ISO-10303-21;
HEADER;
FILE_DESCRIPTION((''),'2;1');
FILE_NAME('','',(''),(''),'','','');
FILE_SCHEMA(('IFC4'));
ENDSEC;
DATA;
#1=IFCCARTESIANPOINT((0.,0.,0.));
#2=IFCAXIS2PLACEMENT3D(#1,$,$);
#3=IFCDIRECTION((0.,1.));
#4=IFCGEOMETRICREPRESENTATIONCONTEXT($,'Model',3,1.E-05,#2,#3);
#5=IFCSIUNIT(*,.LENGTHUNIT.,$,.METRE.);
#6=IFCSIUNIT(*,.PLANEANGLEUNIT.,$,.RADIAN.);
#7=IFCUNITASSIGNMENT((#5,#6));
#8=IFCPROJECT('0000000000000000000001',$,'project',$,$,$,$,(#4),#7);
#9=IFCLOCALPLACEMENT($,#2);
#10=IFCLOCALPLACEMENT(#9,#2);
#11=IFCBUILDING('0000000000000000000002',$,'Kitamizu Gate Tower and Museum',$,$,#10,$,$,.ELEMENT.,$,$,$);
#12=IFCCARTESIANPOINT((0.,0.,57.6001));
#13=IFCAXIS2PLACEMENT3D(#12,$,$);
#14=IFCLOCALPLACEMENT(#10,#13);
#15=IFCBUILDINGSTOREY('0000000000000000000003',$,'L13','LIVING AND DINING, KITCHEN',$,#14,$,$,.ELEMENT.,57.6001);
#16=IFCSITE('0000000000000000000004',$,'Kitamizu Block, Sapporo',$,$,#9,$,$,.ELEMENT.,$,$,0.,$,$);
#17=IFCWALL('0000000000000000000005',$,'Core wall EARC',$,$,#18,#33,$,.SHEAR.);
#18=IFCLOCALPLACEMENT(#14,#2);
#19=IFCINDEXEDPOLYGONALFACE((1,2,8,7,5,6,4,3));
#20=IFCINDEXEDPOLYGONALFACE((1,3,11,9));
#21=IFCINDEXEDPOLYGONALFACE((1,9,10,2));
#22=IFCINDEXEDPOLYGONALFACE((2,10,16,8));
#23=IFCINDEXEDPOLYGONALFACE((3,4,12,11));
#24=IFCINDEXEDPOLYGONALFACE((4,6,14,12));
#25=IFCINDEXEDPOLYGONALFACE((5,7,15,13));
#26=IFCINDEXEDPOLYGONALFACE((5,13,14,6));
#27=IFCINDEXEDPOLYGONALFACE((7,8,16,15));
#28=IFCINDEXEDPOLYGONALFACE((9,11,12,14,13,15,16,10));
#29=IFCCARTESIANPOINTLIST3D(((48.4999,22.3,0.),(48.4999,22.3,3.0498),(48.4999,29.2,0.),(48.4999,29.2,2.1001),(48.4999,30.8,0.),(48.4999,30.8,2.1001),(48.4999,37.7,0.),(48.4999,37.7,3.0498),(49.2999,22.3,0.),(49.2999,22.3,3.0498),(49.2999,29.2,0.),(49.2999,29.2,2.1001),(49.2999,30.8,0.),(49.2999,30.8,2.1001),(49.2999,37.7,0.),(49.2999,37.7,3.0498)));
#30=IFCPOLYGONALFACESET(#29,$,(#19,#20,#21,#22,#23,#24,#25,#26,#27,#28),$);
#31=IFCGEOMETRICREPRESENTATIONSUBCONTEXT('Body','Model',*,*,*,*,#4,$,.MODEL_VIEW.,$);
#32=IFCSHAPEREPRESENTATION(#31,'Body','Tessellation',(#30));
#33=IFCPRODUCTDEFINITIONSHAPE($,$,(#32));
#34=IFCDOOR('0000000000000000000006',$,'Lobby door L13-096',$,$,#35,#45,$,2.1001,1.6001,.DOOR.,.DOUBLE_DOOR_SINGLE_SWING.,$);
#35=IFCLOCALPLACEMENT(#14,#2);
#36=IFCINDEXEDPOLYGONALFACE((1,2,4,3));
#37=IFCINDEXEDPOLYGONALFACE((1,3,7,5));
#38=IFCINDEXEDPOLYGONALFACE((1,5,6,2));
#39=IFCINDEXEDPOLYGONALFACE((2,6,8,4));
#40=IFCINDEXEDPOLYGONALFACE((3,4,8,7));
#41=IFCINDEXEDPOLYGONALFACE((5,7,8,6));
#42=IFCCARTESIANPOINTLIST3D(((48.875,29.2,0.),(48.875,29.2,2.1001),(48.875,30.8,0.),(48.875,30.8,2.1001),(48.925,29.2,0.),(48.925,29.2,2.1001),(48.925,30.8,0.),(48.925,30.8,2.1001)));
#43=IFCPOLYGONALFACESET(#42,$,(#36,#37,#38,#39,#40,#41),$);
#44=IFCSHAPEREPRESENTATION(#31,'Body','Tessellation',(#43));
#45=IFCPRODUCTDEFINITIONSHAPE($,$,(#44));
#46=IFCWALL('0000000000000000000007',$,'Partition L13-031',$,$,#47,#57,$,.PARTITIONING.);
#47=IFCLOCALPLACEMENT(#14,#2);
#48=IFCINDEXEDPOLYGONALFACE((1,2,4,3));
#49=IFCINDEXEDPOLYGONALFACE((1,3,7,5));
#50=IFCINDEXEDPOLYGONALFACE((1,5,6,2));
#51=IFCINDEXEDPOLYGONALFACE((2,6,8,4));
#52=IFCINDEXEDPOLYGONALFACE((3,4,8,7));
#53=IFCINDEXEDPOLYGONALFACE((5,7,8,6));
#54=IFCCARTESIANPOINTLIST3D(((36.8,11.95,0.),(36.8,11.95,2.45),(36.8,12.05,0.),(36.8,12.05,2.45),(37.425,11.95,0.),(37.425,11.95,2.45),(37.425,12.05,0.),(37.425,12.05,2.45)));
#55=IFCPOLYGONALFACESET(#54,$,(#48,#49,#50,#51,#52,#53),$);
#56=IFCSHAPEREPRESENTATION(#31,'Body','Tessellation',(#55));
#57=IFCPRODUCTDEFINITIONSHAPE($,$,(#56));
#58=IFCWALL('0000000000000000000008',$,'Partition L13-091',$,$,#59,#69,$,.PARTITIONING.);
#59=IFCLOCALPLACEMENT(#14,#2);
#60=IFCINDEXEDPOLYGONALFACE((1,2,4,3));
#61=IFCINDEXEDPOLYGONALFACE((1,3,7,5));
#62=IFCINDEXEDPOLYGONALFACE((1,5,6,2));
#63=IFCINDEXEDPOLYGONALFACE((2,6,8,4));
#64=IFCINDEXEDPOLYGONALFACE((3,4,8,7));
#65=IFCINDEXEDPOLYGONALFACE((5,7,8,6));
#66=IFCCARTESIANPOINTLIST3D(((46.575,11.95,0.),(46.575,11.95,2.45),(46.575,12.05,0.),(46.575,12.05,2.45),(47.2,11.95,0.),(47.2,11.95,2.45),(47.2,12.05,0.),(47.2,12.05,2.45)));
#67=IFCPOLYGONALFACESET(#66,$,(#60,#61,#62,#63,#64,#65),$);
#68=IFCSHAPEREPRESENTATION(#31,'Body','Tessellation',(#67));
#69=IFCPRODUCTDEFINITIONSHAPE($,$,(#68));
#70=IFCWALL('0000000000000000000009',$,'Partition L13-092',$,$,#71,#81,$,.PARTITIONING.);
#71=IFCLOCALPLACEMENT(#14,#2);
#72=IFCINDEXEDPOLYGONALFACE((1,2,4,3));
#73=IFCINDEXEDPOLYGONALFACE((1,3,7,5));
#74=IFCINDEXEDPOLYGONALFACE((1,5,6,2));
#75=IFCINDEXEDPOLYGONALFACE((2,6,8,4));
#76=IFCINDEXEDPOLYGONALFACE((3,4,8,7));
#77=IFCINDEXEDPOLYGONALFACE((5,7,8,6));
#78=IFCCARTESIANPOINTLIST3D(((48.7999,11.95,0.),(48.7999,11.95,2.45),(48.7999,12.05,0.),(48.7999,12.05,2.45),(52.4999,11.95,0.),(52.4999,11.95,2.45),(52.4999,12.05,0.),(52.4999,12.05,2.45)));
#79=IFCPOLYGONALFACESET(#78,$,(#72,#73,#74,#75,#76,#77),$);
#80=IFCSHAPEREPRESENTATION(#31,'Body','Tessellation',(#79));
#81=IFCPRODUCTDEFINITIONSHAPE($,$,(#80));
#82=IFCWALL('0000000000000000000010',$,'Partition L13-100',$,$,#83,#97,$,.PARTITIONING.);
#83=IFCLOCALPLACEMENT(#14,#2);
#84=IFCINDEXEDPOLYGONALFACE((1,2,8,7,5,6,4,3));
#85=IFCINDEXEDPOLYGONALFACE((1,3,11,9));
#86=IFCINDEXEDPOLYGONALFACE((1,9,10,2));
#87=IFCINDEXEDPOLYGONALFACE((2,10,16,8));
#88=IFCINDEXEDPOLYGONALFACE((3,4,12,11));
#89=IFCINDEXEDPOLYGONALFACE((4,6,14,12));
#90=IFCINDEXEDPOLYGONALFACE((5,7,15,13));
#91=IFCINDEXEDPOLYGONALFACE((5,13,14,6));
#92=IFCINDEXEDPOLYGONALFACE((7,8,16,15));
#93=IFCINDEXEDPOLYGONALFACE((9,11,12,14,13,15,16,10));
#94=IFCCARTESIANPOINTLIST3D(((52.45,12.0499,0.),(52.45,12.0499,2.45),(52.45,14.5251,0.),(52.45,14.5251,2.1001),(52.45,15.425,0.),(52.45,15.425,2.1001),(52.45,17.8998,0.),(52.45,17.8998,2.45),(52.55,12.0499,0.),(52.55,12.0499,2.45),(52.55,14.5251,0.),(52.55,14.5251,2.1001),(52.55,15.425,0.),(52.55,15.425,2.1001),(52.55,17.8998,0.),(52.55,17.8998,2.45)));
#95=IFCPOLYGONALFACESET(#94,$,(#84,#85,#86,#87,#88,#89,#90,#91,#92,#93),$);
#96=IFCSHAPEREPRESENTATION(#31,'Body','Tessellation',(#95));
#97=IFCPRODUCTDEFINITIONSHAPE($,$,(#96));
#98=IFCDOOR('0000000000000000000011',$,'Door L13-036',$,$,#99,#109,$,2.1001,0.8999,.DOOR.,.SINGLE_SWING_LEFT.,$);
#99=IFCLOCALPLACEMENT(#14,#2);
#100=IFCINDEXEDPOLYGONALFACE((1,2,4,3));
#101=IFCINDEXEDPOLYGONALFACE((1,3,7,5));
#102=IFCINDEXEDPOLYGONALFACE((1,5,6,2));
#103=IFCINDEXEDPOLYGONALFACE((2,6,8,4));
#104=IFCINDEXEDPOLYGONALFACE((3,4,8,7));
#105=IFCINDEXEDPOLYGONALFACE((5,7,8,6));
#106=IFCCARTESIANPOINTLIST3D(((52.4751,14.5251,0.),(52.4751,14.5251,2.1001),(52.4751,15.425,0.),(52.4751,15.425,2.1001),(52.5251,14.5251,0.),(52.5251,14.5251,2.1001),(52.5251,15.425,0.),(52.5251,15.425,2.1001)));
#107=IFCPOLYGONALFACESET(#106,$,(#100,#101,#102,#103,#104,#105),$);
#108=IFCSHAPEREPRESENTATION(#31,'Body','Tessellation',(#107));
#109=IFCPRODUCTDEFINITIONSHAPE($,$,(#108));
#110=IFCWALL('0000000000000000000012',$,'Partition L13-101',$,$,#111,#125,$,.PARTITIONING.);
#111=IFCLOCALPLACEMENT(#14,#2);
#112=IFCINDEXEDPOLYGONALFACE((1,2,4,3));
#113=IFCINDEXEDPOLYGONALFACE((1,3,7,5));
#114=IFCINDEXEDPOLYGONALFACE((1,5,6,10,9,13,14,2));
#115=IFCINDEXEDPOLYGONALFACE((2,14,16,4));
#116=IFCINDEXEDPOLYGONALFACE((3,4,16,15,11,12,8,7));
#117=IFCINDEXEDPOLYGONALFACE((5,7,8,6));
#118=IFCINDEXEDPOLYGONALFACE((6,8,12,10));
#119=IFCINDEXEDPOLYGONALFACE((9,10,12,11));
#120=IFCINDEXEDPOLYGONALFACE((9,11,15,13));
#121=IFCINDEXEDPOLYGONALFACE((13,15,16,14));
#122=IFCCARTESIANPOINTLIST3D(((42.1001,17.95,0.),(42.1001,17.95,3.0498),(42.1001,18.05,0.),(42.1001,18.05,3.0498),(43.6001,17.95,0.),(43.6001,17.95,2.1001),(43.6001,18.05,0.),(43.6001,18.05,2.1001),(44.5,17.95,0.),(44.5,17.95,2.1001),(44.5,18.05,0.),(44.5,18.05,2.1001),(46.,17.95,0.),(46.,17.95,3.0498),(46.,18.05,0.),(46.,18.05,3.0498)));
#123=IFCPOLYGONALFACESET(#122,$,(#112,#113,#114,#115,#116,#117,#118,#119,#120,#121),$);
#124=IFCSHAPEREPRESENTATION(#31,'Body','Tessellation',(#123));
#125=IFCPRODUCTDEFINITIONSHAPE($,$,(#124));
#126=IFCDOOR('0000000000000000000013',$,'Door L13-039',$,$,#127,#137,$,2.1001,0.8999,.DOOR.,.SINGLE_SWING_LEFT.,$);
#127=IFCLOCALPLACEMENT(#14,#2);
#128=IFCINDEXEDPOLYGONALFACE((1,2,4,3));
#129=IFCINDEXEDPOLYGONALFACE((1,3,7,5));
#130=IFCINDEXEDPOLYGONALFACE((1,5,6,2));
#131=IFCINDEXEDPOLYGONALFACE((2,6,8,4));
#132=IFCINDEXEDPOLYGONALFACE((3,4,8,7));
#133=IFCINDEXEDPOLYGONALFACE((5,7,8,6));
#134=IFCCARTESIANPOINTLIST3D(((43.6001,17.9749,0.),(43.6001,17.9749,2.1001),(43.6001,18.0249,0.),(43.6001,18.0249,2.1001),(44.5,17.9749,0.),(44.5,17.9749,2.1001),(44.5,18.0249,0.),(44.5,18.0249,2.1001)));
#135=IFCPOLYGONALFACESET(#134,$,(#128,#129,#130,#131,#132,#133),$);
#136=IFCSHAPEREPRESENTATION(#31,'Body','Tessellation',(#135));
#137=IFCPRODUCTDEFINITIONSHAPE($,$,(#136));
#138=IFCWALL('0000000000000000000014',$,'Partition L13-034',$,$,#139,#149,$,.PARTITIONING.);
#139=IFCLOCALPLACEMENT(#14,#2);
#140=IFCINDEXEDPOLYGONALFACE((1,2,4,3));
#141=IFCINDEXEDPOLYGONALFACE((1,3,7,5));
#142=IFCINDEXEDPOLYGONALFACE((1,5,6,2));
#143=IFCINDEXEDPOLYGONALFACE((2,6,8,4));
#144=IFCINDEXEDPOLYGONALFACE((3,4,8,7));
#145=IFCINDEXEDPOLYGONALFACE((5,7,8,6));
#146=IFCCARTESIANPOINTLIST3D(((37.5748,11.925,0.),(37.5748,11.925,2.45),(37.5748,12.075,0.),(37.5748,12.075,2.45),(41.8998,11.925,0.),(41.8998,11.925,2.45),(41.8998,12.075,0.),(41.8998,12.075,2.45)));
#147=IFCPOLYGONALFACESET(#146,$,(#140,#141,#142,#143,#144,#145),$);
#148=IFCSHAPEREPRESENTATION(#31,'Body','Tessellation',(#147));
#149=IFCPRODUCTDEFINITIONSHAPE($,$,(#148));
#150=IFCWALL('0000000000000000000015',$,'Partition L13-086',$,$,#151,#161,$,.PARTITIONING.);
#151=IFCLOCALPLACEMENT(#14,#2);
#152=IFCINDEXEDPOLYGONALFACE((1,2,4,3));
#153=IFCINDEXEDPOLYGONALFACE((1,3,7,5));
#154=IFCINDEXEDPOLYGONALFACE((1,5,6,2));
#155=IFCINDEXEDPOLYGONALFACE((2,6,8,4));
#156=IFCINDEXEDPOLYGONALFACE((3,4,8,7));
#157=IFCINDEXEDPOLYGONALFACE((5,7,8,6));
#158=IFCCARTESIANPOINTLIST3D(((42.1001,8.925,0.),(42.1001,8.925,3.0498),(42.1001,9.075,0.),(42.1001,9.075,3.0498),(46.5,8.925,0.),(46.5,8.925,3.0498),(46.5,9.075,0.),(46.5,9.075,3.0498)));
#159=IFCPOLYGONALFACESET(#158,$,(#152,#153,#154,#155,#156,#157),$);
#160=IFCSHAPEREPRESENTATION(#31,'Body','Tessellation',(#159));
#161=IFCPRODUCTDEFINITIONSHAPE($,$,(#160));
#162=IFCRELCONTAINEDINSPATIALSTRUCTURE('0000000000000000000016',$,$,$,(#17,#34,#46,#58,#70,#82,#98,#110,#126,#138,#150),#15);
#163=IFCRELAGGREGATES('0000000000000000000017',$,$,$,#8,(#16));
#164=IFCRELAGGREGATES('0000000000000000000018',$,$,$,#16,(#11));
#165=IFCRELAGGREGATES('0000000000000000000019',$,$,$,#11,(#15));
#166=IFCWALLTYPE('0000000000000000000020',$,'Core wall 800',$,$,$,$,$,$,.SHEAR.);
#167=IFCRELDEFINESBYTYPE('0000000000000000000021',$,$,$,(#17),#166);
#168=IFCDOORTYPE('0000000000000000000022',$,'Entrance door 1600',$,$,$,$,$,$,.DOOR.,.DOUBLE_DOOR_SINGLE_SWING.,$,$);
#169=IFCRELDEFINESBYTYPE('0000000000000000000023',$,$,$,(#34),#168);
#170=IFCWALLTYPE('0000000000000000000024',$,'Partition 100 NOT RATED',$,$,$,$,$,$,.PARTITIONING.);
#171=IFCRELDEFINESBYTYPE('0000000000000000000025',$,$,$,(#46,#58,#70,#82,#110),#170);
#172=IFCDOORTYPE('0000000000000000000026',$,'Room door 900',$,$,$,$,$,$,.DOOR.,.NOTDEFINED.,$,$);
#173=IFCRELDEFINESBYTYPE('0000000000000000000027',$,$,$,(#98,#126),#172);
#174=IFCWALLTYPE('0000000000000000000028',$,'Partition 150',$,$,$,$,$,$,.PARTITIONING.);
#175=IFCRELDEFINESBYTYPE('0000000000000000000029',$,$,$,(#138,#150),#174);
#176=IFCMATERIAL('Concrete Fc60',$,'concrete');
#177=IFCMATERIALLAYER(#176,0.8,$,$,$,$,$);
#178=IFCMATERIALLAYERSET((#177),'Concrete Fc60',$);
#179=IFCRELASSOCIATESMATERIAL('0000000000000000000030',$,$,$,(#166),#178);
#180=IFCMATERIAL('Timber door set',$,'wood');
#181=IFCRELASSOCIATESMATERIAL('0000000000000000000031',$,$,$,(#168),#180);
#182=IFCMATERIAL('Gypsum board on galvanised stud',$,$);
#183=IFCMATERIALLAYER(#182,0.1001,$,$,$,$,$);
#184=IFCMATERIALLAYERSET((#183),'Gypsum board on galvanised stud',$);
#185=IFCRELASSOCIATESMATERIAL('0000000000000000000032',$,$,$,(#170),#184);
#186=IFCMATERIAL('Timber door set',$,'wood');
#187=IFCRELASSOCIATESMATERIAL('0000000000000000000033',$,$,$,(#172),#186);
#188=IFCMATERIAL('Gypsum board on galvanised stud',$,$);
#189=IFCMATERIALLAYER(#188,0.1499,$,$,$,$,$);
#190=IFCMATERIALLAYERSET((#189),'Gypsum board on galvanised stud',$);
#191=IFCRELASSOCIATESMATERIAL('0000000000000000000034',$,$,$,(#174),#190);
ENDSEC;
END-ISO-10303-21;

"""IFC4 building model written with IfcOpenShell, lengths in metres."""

from ifc_helpers import new_model, si_unit, direction, frame, frame_2d, origin, place, context, subcontext, project, spatial, rectangle, extrude, material, layer, layer_set, type_object, element, fill, save


model = new_model("IFC4")

# Units and contexts
model_context = context("Model", 3, precision=1e-05, world=origin(), true_north=direction((0.0, 1.0)))
body_context = subcontext(model_context, "Body", "Model", "MODEL_VIEW")
ifc_project = project(units=[si_unit("LENGTHUNIT", "METRE"), si_unit("PLANEANGLEUNIT", "RADIAN")], contexts=[model_context])

# Site, building, storey
site_placement = place(None, origin())
site = spatial("IfcSite", under=ifc_project, at=site_placement, Name="Kitamizu Block, Sapporo", CompositionType="ELEMENT", RefElevation=0.0)
building_placement = place(site_placement, origin())
building = spatial("IfcBuilding", under=site, at=building_placement, Name="Kitamizu Gate Tower and Museum", CompositionType="ELEMENT")
storey_placement = place(building_placement, frame((0.0, 0.0, 57.6001)))
storey = spatial("IfcBuildingStorey", under=building, at=storey_placement, Name="L13", Description="LIVING AND DINING, KITCHEN", CompositionType="ELEMENT", Elevation=57.6001)

# Wall, opening, door
ifc_material_1 = material(Name="Concrete Fc60", Category="concrete")
ifc_layer_1 = layer(ifc_material_1, 0.8)
ifc_layer_set_1 = layer_set([ifc_layer_1], Name="Concrete Fc60")
wall_type_1 = type_object("IfcWallType", Name="Core wall 800", PredefinedType="SHEAR", material=ifc_layer_set_1)
wall_1_placement = place(storey_placement, frame((48.8999, 22.3, 0.0), z_axis=(0.0, 0.0, 1.0), x_axis=(0.0, 1.0, 0.0)))
wall_1 = element("IfcWall", 1, at=wall_1_placement, inside=storey, type_object=wall_type_1, Name="Core wall EARC", PredefinedType="SHEAR", context=body_context, shape_type="SweptSolid", body=[
    extrude(rectangle(XDim=15.3999, YDim=0.8, at=frame_2d((7.7, 0.0))), origin(), (0.0, 0.0, 1.0), 3.0498),
])
opening_1_placement = place(wall_1_placement, frame((6.8999, 0.0, 0.0)))
opening_1 = element("IfcOpeningElement", 2, at=opening_1_placement, cuts=wall_1, PredefinedType="OPENING", context=body_context, shape_type="SweptSolid", body=[
    extrude(rectangle(XDim=1.6001, YDim=2.1001, at=frame_2d((0.8, 1.05))), frame((0.0, 0.4102, 0.0), z_axis=(0.0, -1.0, 0.0), x_axis=(1.0, 0.0, 0.0)), (0.0, 0.0, 1.0), 0.8201),
])
ifc_material_2 = material(Name="Timber door set", Category="wood")
door_type_1 = type_object("IfcDoorType", Name="Entrance door 1600", OperationType="DOUBLE_DOOR_SINGLE_SWING", PredefinedType="DOOR", material=ifc_material_2)
door_1_placement = place(opening_1_placement, origin())
door_1 = element("IfcDoor", 3, at=door_1_placement, inside=storey, type_object=door_type_1, Name="Lobby door L13-096", OperationType="DOUBLE_DOOR_SINGLE_SWING", OverallHeight=2.1001, OverallWidth=1.6001, PredefinedType="DOOR", context=body_context, shape_type="SweptSolid", body=[
    extrude(rectangle(XDim=1.6001, YDim=2.1001, at=frame_2d((0.8, 1.05))), frame((0.0, 0.0249, 0.0), z_axis=(0.0, -1.0, 0.0), x_axis=(1.0, 0.0, 0.0)), (0.0, 0.0, 1.0), 0.05),
])
fill(opening_1, door_1)

# Walls
ifc_material_3 = material(Name="Gypsum board on galvanised stud")
ifc_layer_2 = layer(ifc_material_3, 0.1001)
ifc_layer_set_2 = layer_set([ifc_layer_2], Name="Gypsum board on galvanised stud")
wall_type_2 = type_object("IfcWallType", Name="Partition 100 NOT RATED", PredefinedType="PARTITIONING", material=ifc_layer_set_2)
for number, where, z_axis, x_axis, name in (
    (4, (37.425, 12.0, 0.0), (0.0, 0.0, 1.0), (-1.0, 0.0, 0.0), "Partition L13-031"),
    (5, (47.2, 12.0, 0.0), (0.0, 0.0, 1.0), (-1.0, 0.0, 0.0), "Partition L13-091"),
):
    element("IfcWall", number, at=place(storey_placement, frame(where, z_axis=z_axis, x_axis=x_axis)), inside=storey, type_object=wall_type_2, Name=name, PredefinedType="PARTITIONING", context=body_context, shape_type="SweptSolid", body=[
        extrude(rectangle(XDim=0.625, YDim=0.1001, at=frame_2d((0.3125, 0.0))), origin(), (0.0, 0.0, 1.0), 2.45),
    ])
wall_2_placement = place(storey_placement, frame((52.5, 12.0, 0.0), z_axis=(0.0, 0.0, 1.0), x_axis=(-1.0, 0.0, 0.0)))
element("IfcWall", 6, at=wall_2_placement, inside=storey, type_object=wall_type_2, Name="Partition L13-092", PredefinedType="PARTITIONING", context=body_context, shape_type="SweptSolid", body=[
    extrude(rectangle(XDim=3.7, YDim=0.1001, at=frame_2d((1.8501, 0.0))), origin(), (0.0, 0.0, 1.0), 2.45),
])

# Walls, openings, doors
wall_3_placement = place(storey_placement, frame((52.5, 12.05, 0.0), z_axis=(0.0, 0.0, 1.0), x_axis=(0.0, 1.0, 0.0)))
wall_3 = element("IfcWall", 7, at=wall_3_placement, inside=storey, type_object=wall_type_2, Name="Partition L13-100", PredefinedType="PARTITIONING", context=body_context, shape_type="SweptSolid", body=[
    extrude(rectangle(XDim=5.8499, YDim=0.1001, at=frame_2d((2.9248, 0.0))), origin(), (0.0, 0.0, 1.0), 2.45),
])
opening_2_placement = place(wall_3_placement, frame((2.4751, 0.0, 0.0)))
opening_2 = element("IfcOpeningElement", 8, at=opening_2_placement, cuts=wall_3, PredefinedType="OPENING", context=body_context, shape_type="SweptSolid", body=[
    extrude(rectangle(XDim=0.8999, YDim=2.1001, at=frame_2d((0.45, 1.05))), frame((0.0, 0.0601, 0.0), z_axis=(0.0, -1.0, 0.0), x_axis=(1.0, 0.0, 0.0)), (0.0, 0.0, 1.0), 0.1201),
])
ifc_material_4 = material(Name="Timber door set", Category="wood")
door_type_2 = type_object("IfcDoorType", Name="Room door 900", OperationType="NOTDEFINED", PredefinedType="DOOR", material=ifc_material_4)
door_2_placement = place(opening_2_placement, origin())
door_2 = element("IfcDoor", 9, at=door_2_placement, inside=storey, type_object=door_type_2, Name="Door L13-036", OperationType="SINGLE_SWING_LEFT", OverallHeight=2.1001, OverallWidth=0.8999, PredefinedType="DOOR", context=body_context, shape_type="SweptSolid", body=[
    extrude(rectangle(XDim=0.8999, YDim=2.1001, at=frame_2d((0.45, 1.05))), frame((0.0, 0.0249, 0.0), z_axis=(0.0, -1.0, 0.0), x_axis=(1.0, 0.0, 0.0)), (0.0, 0.0, 1.0), 0.05),
])
fill(opening_2, door_2)
wall_4_placement = place(storey_placement, frame((46.0, 18.0, 0.0), z_axis=(0.0, 0.0, 1.0), x_axis=(-1.0, 0.0, 0.0)))
wall_4 = element("IfcWall", 10, at=wall_4_placement, inside=storey, type_object=wall_type_2, Name="Partition L13-101", PredefinedType="PARTITIONING", context=body_context, shape_type="SweptSolid", body=[
    extrude(rectangle(XDim=3.8999, YDim=0.1001, at=frame_2d((1.95, 0.0))), origin(), (0.0, 0.0, 1.0), 3.0498),
])
opening_3_placement = place(wall_4_placement, frame((1.5, 0.0, 0.0)))
opening_3 = element("IfcOpeningElement", 11, at=opening_3_placement, cuts=wall_4, PredefinedType="OPENING", context=body_context, shape_type="SweptSolid", body=[
    extrude(rectangle(XDim=0.8999, YDim=2.1001, at=frame_2d((0.45, 1.05))), frame((0.0, 0.0601, 0.0), z_axis=(0.0, -1.0, 0.0), x_axis=(1.0, 0.0, 0.0)), (0.0, 0.0, 1.0), 0.1201),
])
door_3_placement = place(opening_3_placement, frame((0.8999, 0.0, 0.0), x_axis=(-1.0, 0.0, 0.0)))
door_3 = element("IfcDoor", 12, at=door_3_placement, inside=storey, type_object=door_type_2, Name="Door L13-039", OperationType="SINGLE_SWING_LEFT", OverallHeight=2.1001, OverallWidth=0.8999, PredefinedType="DOOR", context=body_context, shape_type="SweptSolid", body=[
    extrude(rectangle(XDim=0.8999, YDim=2.1001, at=frame_2d((0.45, 1.05))), frame((0.0, 0.0249, 0.0), z_axis=(0.0, -1.0, 0.0), x_axis=(1.0, 0.0, 0.0)), (0.0, 0.0, 1.0), 0.05),
])
fill(opening_3, door_3)

# Walls
ifc_material_5 = material(Name="Gypsum board on galvanised stud")
ifc_layer_3 = layer(ifc_material_5, 0.1499)
ifc_layer_set_3 = layer_set([ifc_layer_3], Name="Gypsum board on galvanised stud")
wall_type_3 = type_object("IfcWallType", Name="Partition 150", PredefinedType="PARTITIONING", material=ifc_layer_set_3)
wall_5_placement = place(storey_placement, frame((41.8999, 12.0, 0.0), z_axis=(0.0, 0.0, 1.0), x_axis=(-1.0, 0.0, 0.0)))
element("IfcWall", 13, at=wall_5_placement, inside=storey, type_object=wall_type_3, Name="Partition L13-034", PredefinedType="PARTITIONING", context=body_context, shape_type="SweptSolid", body=[
    extrude(rectangle(XDim=4.325, YDim=0.1499, at=frame_2d((2.1626, 0.0))), origin(), (0.0, 0.0, 1.0), 2.45),
])
wall_6_placement = place(storey_placement, frame((46.5, 9.0, 0.0), z_axis=(0.0, 0.0, 1.0), x_axis=(-1.0, 0.0, 0.0)))
element("IfcWall", 14, at=wall_6_placement, inside=storey, type_object=wall_type_3, Name="Partition L13-086", PredefinedType="PARTITIONING", context=body_context, shape_type="SweptSolid", body=[
    extrude(rectangle(XDim=4.3999, YDim=0.1499, at=frame_2d((2.2, 0.0))), origin(), (0.0, 0.0, 1.0), 3.0498),
])

save(model, "model.ifc")
